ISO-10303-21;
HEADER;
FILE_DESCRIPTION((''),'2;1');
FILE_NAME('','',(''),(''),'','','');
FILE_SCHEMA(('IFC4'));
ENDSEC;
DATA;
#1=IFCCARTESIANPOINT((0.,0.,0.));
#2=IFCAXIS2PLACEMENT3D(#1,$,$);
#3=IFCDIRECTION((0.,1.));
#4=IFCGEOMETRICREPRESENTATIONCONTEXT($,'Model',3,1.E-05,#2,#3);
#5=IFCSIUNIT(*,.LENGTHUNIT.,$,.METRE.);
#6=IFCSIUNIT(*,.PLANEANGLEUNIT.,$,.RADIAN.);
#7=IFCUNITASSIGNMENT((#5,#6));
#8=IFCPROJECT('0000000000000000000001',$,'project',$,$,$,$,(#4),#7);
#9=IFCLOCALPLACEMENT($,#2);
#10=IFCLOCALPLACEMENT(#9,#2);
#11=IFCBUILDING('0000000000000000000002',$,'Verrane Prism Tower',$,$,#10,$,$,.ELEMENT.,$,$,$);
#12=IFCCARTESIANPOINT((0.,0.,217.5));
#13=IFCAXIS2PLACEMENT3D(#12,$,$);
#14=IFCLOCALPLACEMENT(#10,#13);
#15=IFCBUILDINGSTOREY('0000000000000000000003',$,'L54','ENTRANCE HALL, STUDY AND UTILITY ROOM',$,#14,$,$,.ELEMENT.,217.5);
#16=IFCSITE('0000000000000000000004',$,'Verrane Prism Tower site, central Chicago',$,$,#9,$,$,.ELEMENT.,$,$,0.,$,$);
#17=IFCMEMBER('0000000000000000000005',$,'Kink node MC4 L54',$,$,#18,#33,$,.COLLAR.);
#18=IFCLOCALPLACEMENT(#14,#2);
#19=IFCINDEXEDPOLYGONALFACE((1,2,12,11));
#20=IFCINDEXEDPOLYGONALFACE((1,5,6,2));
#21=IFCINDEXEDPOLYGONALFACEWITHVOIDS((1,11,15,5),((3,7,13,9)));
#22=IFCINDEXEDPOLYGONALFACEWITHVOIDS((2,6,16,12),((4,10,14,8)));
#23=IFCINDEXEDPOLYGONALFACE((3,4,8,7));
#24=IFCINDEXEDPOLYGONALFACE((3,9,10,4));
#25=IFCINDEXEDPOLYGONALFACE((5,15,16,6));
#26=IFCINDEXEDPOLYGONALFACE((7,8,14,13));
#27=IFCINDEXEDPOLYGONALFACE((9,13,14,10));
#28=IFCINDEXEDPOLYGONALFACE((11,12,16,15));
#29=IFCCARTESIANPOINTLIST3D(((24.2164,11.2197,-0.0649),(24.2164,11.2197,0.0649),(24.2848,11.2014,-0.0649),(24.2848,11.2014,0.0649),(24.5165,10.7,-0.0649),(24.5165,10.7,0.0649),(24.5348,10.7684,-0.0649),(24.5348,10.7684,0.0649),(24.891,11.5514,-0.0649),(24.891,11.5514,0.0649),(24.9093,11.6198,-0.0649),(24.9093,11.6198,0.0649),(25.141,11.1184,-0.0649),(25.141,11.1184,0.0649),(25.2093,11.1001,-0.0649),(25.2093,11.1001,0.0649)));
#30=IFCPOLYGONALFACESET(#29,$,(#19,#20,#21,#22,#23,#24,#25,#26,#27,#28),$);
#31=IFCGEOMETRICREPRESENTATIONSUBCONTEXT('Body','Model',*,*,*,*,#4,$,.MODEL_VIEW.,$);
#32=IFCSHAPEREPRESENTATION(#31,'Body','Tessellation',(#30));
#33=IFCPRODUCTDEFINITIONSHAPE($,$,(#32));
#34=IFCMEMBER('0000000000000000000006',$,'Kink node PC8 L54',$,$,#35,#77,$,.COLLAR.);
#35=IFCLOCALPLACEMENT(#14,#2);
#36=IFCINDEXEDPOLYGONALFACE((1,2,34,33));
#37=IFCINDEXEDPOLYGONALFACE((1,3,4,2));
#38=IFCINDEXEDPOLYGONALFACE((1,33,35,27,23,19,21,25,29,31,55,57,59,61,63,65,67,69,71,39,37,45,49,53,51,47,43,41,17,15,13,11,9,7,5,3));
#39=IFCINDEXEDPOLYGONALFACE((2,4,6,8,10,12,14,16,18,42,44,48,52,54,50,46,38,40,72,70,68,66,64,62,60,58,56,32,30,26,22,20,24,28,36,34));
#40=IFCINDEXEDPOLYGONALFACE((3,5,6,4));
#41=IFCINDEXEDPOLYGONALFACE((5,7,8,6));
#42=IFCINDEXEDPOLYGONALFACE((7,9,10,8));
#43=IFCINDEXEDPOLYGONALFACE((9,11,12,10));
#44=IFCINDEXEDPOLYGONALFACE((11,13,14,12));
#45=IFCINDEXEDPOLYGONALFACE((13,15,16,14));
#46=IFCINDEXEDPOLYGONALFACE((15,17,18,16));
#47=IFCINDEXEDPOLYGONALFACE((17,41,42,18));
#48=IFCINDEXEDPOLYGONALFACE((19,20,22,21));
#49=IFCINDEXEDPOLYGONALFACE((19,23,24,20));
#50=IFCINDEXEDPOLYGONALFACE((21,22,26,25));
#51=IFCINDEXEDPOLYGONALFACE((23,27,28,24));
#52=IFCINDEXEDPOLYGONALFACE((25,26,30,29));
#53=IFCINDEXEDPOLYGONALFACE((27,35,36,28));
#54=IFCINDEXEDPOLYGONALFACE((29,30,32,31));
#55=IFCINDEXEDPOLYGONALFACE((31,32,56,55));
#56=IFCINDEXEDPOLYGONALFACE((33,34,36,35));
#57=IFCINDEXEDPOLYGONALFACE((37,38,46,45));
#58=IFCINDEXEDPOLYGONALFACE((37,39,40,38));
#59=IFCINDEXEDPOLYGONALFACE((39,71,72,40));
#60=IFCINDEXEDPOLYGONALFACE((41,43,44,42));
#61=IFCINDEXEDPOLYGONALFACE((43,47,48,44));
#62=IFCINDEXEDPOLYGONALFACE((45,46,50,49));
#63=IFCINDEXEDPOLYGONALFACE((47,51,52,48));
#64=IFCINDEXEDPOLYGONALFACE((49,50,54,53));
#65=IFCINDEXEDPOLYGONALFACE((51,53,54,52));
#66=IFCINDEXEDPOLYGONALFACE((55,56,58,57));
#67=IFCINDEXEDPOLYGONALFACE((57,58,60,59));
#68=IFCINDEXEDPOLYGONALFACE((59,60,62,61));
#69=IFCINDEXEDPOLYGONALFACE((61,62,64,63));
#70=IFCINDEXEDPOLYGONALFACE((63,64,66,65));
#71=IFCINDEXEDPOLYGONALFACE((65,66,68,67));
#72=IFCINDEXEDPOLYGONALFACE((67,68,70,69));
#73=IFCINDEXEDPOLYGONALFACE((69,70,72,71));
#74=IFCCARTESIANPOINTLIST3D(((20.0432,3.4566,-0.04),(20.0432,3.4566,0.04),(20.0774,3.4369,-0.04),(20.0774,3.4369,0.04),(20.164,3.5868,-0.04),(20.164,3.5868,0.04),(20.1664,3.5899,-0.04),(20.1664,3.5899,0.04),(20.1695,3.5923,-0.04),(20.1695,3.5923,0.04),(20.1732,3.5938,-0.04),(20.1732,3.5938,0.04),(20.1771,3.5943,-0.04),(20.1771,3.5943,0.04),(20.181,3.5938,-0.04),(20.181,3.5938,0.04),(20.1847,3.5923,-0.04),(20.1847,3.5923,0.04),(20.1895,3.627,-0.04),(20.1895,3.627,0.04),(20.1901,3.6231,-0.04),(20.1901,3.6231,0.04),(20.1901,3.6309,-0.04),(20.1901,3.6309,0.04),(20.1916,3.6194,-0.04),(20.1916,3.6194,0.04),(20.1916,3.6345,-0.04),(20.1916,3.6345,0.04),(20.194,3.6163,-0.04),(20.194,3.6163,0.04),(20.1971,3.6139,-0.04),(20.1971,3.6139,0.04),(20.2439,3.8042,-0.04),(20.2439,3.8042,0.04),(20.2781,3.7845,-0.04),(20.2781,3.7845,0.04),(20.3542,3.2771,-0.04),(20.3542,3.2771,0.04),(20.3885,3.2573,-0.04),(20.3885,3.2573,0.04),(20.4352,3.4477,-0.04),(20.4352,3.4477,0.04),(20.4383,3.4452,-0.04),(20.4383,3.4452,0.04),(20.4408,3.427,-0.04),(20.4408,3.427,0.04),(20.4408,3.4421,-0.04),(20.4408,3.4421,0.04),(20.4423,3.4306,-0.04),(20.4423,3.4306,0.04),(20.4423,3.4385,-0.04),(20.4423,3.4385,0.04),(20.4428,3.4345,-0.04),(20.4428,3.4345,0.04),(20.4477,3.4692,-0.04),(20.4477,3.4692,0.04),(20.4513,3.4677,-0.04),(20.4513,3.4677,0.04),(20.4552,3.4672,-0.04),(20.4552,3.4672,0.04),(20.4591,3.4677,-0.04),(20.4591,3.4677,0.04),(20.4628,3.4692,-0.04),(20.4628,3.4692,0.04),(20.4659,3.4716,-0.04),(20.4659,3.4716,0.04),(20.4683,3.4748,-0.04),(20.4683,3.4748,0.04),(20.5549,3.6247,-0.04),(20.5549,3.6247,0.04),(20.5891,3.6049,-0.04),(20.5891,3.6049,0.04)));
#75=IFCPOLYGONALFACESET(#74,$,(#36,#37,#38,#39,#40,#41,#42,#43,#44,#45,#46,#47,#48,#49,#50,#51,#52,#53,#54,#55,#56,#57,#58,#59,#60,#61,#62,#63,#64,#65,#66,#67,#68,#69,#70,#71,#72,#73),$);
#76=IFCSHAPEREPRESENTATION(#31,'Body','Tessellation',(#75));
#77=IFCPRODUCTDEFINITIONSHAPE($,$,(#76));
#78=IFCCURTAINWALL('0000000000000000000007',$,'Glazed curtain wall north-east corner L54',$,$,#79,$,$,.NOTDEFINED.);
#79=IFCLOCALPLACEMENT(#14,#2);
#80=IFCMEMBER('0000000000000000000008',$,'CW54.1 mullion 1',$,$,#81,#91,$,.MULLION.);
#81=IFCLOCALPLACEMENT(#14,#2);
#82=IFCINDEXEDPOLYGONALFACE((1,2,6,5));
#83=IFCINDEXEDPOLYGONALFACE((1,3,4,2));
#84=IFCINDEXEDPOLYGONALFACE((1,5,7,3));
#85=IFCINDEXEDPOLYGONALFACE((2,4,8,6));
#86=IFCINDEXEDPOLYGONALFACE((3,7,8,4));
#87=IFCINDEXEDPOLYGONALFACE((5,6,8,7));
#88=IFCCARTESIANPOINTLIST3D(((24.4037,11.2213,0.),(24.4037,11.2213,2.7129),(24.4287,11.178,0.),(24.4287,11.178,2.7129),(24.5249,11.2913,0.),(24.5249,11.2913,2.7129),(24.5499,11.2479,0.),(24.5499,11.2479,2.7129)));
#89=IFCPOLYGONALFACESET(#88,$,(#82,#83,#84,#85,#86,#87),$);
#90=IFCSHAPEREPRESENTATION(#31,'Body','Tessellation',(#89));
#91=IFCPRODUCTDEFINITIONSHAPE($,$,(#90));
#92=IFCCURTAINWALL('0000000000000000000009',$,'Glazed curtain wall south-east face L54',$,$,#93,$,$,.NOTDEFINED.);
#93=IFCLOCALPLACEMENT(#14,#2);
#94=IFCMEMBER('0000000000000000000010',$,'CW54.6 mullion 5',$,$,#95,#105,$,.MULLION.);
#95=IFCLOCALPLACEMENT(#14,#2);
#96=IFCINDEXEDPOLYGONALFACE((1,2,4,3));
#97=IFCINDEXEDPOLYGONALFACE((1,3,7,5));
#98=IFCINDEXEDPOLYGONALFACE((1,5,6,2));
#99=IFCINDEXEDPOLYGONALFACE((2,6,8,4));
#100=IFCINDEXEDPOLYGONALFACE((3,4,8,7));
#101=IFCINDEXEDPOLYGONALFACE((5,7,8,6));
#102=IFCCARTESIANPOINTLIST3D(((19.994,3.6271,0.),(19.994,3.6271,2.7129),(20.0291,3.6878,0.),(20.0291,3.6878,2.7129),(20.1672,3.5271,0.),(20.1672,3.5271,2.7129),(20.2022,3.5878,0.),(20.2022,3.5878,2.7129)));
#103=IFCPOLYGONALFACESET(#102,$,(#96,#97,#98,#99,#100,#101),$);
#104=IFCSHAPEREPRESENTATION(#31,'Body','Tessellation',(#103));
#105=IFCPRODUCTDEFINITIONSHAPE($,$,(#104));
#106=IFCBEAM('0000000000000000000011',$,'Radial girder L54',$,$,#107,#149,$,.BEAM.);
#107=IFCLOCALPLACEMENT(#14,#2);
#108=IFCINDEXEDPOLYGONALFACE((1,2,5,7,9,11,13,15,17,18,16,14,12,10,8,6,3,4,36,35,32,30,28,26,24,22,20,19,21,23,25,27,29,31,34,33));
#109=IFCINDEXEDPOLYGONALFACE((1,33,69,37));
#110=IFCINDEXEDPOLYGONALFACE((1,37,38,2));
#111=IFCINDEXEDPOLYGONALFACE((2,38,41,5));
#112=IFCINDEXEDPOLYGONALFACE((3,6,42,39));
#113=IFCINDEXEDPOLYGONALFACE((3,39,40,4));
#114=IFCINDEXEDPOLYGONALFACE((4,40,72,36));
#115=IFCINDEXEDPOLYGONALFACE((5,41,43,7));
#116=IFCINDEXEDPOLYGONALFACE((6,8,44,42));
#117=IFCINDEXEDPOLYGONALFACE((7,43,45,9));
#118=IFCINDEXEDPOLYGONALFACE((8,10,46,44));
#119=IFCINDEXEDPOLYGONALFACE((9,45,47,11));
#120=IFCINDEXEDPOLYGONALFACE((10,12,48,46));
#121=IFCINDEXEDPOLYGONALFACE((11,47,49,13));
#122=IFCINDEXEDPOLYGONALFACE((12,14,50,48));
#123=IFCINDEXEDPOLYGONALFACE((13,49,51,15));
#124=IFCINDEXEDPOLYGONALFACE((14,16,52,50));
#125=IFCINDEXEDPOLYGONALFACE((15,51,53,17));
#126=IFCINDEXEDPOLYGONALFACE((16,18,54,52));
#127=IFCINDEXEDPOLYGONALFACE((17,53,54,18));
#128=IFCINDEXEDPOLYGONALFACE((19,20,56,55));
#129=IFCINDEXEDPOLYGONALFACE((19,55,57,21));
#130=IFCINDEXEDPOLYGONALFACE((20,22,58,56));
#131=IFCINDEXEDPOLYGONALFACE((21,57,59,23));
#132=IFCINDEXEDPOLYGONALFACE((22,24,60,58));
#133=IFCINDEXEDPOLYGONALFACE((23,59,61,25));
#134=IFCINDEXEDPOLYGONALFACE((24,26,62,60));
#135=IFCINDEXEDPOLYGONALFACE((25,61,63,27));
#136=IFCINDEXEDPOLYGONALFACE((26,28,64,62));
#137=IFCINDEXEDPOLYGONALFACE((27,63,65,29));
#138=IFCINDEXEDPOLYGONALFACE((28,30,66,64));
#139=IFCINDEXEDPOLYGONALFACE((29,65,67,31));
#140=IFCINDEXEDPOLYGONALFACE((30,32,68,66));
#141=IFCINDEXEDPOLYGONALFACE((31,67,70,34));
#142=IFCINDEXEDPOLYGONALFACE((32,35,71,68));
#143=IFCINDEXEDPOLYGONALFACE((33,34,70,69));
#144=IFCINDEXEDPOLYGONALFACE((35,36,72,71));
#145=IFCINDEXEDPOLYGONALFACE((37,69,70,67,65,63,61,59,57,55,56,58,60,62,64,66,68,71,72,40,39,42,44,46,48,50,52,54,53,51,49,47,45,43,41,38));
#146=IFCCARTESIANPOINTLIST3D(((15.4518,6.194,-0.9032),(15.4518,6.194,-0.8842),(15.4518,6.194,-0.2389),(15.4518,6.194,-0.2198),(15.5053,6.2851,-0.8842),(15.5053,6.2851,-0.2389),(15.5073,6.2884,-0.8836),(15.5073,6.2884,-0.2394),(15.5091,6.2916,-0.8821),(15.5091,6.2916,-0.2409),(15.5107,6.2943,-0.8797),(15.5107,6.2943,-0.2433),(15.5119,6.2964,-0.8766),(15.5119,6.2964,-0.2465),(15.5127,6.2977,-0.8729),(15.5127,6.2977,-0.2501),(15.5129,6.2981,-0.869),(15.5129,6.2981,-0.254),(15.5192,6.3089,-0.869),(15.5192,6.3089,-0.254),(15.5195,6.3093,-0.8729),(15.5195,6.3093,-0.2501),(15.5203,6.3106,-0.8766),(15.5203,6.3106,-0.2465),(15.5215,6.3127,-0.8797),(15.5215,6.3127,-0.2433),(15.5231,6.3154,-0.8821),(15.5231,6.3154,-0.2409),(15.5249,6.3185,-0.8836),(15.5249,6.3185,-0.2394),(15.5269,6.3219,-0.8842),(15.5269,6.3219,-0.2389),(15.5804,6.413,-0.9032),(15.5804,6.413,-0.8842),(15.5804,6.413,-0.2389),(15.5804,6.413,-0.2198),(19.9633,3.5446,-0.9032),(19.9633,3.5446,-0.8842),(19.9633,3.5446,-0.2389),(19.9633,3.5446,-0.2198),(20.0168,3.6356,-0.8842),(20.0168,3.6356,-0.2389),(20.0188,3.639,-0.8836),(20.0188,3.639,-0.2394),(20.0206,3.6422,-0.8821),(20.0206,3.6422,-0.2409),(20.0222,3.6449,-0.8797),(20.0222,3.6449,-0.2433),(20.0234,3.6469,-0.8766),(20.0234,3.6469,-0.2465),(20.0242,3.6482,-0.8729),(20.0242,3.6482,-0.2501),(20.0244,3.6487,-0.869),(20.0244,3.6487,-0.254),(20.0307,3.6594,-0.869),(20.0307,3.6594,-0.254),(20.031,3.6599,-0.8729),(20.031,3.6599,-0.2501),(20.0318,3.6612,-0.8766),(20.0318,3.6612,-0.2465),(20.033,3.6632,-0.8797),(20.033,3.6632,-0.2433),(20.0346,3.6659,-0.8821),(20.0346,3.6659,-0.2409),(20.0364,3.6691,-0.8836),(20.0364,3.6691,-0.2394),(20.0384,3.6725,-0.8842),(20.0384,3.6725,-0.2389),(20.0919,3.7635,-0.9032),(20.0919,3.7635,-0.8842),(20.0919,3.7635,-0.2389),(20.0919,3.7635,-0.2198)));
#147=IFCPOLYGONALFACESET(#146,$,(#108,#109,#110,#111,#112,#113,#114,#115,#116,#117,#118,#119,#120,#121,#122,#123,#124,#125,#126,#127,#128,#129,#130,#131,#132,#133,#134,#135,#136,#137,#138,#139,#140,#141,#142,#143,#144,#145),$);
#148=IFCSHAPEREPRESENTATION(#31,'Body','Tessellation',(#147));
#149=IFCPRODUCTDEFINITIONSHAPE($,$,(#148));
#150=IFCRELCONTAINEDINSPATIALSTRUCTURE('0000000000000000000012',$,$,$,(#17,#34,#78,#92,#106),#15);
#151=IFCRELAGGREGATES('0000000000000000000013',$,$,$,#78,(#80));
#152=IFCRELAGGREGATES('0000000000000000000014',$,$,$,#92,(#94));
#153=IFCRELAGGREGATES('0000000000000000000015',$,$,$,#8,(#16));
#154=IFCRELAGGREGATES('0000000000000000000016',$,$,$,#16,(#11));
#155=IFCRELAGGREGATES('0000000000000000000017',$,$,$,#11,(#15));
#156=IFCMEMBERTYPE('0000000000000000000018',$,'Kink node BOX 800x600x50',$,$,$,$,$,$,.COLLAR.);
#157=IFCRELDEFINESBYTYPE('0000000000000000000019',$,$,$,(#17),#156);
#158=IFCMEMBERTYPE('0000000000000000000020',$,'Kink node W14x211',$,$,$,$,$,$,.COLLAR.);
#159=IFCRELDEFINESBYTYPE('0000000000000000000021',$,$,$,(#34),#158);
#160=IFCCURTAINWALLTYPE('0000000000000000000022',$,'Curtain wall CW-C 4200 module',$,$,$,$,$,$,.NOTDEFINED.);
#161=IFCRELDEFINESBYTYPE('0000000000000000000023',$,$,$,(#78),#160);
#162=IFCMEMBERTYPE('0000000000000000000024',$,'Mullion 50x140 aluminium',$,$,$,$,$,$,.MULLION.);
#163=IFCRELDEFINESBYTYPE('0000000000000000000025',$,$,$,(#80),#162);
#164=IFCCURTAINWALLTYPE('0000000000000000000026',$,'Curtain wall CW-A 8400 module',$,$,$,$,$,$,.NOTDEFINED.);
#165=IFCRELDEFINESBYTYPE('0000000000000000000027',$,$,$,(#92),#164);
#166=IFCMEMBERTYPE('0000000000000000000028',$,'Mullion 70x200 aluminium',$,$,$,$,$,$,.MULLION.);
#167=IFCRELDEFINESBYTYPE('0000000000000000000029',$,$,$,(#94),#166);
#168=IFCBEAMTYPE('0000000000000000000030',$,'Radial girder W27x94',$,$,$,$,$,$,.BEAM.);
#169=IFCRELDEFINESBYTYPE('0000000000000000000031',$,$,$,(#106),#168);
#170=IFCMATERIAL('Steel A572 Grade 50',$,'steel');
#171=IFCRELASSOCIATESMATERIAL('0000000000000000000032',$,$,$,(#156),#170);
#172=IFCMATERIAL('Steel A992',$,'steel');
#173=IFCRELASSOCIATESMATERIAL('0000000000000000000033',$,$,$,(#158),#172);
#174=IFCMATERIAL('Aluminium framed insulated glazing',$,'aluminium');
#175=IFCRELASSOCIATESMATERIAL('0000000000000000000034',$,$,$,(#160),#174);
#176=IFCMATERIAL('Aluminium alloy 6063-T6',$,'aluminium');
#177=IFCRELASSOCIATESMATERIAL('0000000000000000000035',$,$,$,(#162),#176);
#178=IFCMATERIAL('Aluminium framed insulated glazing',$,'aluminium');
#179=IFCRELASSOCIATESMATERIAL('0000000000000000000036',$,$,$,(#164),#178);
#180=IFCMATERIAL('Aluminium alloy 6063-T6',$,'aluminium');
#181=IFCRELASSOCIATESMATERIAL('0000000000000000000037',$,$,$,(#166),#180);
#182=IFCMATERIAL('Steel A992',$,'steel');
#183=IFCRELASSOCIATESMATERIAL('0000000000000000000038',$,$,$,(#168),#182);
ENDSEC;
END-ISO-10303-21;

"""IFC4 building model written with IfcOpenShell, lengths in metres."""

from ifc_helpers import new_model, si_unit, direction, frame, origin, origin_2d, place, context, subcontext, project, spatial, rectangle, hollow_rectangle, i_section, extrude, material, material_profile, profile_set, type_object, element, aggregate, save


model = new_model("IFC4")

# Units and contexts
model_context = context("Model", 3, precision=1e-05, world=origin(), true_north=direction((0.0, 1.0)))
body_context = subcontext(model_context, "Body", "Model", "MODEL_VIEW")
ifc_project = project(units=[si_unit("LENGTHUNIT", "METRE"), si_unit("PLANEANGLEUNIT", "RADIAN")], contexts=[model_context])

# Site, building, storey
site_placement = place(None, origin())
site = spatial("IfcSite", under=ifc_project, at=site_placement, Name="Verrane Prism Tower site, central Chicago", CompositionType="ELEMENT", RefElevation=0.0)
building_placement = place(site_placement, origin())
building = spatial("IfcBuilding", under=site, at=building_placement, Name="Verrane Prism Tower", CompositionType="ELEMENT")
storey_placement = place(building_placement, frame((0.0, 0.0, 217.5)))
storey = spatial("IfcBuildingStorey", under=building, at=storey_placement, Name="L54", Description="ENTRANCE HALL, STUDY AND UTILITY ROOM", CompositionType="ELEMENT", Elevation=217.5)

# Members
ifc_material_1 = material(Name="Steel A572 Grade 50", Category="steel")
ifc_material_profile_1 = material_profile(ifc_material_1, hollow_rectangle(XDim=0.6001, YDim=0.8, WallThickness=0.05, at=origin_2d()), Name="BOX 800x600x50")
ifc_profile_set_1 = profile_set([ifc_material_profile_1], Name="Steel A572 Grade 50")
member_type_1 = type_object("IfcMemberType", Name="Kink node BOX 800x600x50", PredefinedType="COLLAR", material=ifc_profile_set_1)
member_1_placement = place(storey_placement, frame((24.7129, 11.1599, -0.0649), z_axis=(0.0, 0.0, 1.0), x_axis=(0.5, -0.866025, 0.0)))
element("IfcMember", 1, at=member_1_placement, inside=storey, type_object=member_type_1, Name="Kink node MC4 L54", PredefinedType="COLLAR", context=body_context, shape_type="SweptSolid", body=[
    extrude(hollow_rectangle(XDim=0.6001, YDim=0.8, WallThickness=0.05, at=origin_2d()), origin(), (0.0, 0.0, 1.0), 0.1299),
])
ifc_material_2 = material(Name="Steel A992", Category="steel")
ifc_material_profile_2 = material_profile(ifc_material_2, i_section(OverallWidth=0.4014, OverallDepth=0.3987, WebThickness=0.0249, FlangeThickness=0.0396, FilletRadius=0.0151, at=origin_2d()), Name="W14x211")
ifc_profile_set_2 = profile_set([ifc_material_profile_2], Name="Steel A992")
member_type_2 = type_object("IfcMemberType", Name="Kink node W14x211", PredefinedType="COLLAR", material=ifc_profile_set_2)
member_2_placement = place(storey_placement, frame((20.3162, 3.5308, -0.04), z_axis=(0.0, 0.0, 1.0), x_axis=(-0.5, -0.866025, 0.0)))
element("IfcMember", 2, at=member_2_placement, inside=storey, type_object=member_type_2, Name="Kink node PC8 L54", PredefinedType="COLLAR", context=body_context, shape_type="SweptSolid", body=[
    extrude(i_section(OverallWidth=0.4014, OverallDepth=0.3987, WebThickness=0.0249, FlangeThickness=0.0396, FilletRadius=0.0151, at=origin_2d()), origin(), (0.0, 0.0, 1.0), 0.0801),
])

# Curtain walls, members
ifc_material_3 = material(Name="Aluminium framed insulated glazing", Category="aluminium")
curtain_wall_type_1 = type_object("IfcCurtainWallType", Name="Curtain wall CW-C 4200 module", PredefinedType="NOTDEFINED", material=ifc_material_3)
curtain_wall_1_placement = place(storey_placement, origin())
curtain_wall_1 = element("IfcCurtainWall", 3, at=curtain_wall_1_placement, inside=storey, type_object=curtain_wall_type_1, Name="Glazed curtain wall north-east corner L54", PredefinedType="NOTDEFINED")
ifc_material_4 = material(Name="Aluminium alloy 6063-T6", Category="aluminium")
ifc_material_profile_3 = material_profile(ifc_material_4, rectangle(XDim=0.1399, YDim=0.05, at=origin_2d()), Name="Mullion 50x140 aluminium")
ifc_profile_set_3 = profile_set([ifc_material_profile_3], Name="Aluminium alloy 6063-T6")
member_type_3 = type_object("IfcMemberType", Name="Mullion 50x140 aluminium", PredefinedType="MULLION", material=ifc_profile_set_3)
member_3_placement = place(storey_placement, frame((24.4768, 11.2346, 0.0), z_axis=(0.0, 0.0, 1.0), x_axis=(-0.866028, -0.499995, 0.0)))
member_3 = element("IfcMember", 4, at=member_3_placement, type_object=member_type_3, Name="CW54.1 mullion 1", PredefinedType="MULLION", context=body_context, shape_type="SweptSolid", body=[
    extrude(rectangle(XDim=0.1399, YDim=0.05, at=origin_2d()), origin(), (0.0, 0.0, 1.0), 2.7129),
])
aggregate(curtain_wall_1, [member_3])
ifc_material_5 = material(Name="Aluminium framed insulated glazing", Category="aluminium")
curtain_wall_type_2 = type_object("IfcCurtainWallType", Name="Curtain wall CW-A 8400 module", PredefinedType="NOTDEFINED", material=ifc_material_5)
curtain_wall_2_placement = place(storey_placement, origin())
curtain_wall_2 = element("IfcCurtainWall", 5, at=curtain_wall_2_placement, inside=storey, type_object=curtain_wall_type_2, Name="Glazed curtain wall south-east face L54", PredefinedType="NOTDEFINED")
ifc_material_6 = material(Name="Aluminium alloy 6063-T6", Category="aluminium")
ifc_material_profile_4 = material_profile(ifc_material_6, rectangle(XDim=0.2, YDim=0.0701, at=origin_2d()), Name="Mullion 70x200 aluminium")
ifc_profile_set_4 = profile_set([ifc_material_profile_4], Name="Aluminium alloy 6063-T6")
member_type_4 = type_object("IfcMemberType", Name="Mullion 70x200 aluminium", PredefinedType="MULLION", material=ifc_profile_set_4)
member_4_placement = place(storey_placement, frame((20.0981, 3.6074, 0.0), z_axis=(0.0, 0.0, 1.0), x_axis=(-0.866025, 0.500001, 0.0)))
member_4 = element("IfcMember", 6, at=member_4_placement, type_object=member_type_4, Name="CW54.6 mullion 5", PredefinedType="MULLION", context=body_context, shape_type="SweptSolid", body=[
    extrude(rectangle(XDim=0.2, YDim=0.0701, at=origin_2d()), origin(), (0.0, 0.0, 1.0), 2.7129),
])

# Beam
ifc_material_7 = material(Name="Steel A992", Category="steel")
ifc_material_profile_5 = material_profile(ifc_material_7, i_section(OverallWidth=0.2539, OverallDepth=0.6833, WebThickness=0.0125, FlangeThickness=0.019, FilletRadius=0.0151, at=origin_2d()), Name="W27x94")
ifc_profile_set_5 = profile_set([ifc_material_profile_5], Name="Steel A992")
beam_type_1 = type_object("IfcBeamType", Name="Radial girder W27x94", PredefinedType="BEAM", material=ifc_profile_set_5)
beam_1_placement = place(storey_placement, frame((20.0276, 3.6541, -0.5615), z_axis=(-0.862301, 0.506396, 0.0), x_axis=(-0.506396, -0.862301, 0.0)))
element("IfcBeam", 7, at=beam_1_placement, inside=storey, type_object=beam_type_1, Name="Radial girder L54", PredefinedType="BEAM", context=body_context, shape_type="SweptSolid", body=[
    extrude(i_section(OverallWidth=0.2539, OverallDepth=0.6833, WebThickness=0.0125, FlangeThickness=0.019, FilletRadius=0.0151, at=origin_2d()), origin(), (0.0, 0.0, 1.0), 5.2319),
])

aggregate(curtain_wall_2, [member_4])

save(model, "model.ifc")
